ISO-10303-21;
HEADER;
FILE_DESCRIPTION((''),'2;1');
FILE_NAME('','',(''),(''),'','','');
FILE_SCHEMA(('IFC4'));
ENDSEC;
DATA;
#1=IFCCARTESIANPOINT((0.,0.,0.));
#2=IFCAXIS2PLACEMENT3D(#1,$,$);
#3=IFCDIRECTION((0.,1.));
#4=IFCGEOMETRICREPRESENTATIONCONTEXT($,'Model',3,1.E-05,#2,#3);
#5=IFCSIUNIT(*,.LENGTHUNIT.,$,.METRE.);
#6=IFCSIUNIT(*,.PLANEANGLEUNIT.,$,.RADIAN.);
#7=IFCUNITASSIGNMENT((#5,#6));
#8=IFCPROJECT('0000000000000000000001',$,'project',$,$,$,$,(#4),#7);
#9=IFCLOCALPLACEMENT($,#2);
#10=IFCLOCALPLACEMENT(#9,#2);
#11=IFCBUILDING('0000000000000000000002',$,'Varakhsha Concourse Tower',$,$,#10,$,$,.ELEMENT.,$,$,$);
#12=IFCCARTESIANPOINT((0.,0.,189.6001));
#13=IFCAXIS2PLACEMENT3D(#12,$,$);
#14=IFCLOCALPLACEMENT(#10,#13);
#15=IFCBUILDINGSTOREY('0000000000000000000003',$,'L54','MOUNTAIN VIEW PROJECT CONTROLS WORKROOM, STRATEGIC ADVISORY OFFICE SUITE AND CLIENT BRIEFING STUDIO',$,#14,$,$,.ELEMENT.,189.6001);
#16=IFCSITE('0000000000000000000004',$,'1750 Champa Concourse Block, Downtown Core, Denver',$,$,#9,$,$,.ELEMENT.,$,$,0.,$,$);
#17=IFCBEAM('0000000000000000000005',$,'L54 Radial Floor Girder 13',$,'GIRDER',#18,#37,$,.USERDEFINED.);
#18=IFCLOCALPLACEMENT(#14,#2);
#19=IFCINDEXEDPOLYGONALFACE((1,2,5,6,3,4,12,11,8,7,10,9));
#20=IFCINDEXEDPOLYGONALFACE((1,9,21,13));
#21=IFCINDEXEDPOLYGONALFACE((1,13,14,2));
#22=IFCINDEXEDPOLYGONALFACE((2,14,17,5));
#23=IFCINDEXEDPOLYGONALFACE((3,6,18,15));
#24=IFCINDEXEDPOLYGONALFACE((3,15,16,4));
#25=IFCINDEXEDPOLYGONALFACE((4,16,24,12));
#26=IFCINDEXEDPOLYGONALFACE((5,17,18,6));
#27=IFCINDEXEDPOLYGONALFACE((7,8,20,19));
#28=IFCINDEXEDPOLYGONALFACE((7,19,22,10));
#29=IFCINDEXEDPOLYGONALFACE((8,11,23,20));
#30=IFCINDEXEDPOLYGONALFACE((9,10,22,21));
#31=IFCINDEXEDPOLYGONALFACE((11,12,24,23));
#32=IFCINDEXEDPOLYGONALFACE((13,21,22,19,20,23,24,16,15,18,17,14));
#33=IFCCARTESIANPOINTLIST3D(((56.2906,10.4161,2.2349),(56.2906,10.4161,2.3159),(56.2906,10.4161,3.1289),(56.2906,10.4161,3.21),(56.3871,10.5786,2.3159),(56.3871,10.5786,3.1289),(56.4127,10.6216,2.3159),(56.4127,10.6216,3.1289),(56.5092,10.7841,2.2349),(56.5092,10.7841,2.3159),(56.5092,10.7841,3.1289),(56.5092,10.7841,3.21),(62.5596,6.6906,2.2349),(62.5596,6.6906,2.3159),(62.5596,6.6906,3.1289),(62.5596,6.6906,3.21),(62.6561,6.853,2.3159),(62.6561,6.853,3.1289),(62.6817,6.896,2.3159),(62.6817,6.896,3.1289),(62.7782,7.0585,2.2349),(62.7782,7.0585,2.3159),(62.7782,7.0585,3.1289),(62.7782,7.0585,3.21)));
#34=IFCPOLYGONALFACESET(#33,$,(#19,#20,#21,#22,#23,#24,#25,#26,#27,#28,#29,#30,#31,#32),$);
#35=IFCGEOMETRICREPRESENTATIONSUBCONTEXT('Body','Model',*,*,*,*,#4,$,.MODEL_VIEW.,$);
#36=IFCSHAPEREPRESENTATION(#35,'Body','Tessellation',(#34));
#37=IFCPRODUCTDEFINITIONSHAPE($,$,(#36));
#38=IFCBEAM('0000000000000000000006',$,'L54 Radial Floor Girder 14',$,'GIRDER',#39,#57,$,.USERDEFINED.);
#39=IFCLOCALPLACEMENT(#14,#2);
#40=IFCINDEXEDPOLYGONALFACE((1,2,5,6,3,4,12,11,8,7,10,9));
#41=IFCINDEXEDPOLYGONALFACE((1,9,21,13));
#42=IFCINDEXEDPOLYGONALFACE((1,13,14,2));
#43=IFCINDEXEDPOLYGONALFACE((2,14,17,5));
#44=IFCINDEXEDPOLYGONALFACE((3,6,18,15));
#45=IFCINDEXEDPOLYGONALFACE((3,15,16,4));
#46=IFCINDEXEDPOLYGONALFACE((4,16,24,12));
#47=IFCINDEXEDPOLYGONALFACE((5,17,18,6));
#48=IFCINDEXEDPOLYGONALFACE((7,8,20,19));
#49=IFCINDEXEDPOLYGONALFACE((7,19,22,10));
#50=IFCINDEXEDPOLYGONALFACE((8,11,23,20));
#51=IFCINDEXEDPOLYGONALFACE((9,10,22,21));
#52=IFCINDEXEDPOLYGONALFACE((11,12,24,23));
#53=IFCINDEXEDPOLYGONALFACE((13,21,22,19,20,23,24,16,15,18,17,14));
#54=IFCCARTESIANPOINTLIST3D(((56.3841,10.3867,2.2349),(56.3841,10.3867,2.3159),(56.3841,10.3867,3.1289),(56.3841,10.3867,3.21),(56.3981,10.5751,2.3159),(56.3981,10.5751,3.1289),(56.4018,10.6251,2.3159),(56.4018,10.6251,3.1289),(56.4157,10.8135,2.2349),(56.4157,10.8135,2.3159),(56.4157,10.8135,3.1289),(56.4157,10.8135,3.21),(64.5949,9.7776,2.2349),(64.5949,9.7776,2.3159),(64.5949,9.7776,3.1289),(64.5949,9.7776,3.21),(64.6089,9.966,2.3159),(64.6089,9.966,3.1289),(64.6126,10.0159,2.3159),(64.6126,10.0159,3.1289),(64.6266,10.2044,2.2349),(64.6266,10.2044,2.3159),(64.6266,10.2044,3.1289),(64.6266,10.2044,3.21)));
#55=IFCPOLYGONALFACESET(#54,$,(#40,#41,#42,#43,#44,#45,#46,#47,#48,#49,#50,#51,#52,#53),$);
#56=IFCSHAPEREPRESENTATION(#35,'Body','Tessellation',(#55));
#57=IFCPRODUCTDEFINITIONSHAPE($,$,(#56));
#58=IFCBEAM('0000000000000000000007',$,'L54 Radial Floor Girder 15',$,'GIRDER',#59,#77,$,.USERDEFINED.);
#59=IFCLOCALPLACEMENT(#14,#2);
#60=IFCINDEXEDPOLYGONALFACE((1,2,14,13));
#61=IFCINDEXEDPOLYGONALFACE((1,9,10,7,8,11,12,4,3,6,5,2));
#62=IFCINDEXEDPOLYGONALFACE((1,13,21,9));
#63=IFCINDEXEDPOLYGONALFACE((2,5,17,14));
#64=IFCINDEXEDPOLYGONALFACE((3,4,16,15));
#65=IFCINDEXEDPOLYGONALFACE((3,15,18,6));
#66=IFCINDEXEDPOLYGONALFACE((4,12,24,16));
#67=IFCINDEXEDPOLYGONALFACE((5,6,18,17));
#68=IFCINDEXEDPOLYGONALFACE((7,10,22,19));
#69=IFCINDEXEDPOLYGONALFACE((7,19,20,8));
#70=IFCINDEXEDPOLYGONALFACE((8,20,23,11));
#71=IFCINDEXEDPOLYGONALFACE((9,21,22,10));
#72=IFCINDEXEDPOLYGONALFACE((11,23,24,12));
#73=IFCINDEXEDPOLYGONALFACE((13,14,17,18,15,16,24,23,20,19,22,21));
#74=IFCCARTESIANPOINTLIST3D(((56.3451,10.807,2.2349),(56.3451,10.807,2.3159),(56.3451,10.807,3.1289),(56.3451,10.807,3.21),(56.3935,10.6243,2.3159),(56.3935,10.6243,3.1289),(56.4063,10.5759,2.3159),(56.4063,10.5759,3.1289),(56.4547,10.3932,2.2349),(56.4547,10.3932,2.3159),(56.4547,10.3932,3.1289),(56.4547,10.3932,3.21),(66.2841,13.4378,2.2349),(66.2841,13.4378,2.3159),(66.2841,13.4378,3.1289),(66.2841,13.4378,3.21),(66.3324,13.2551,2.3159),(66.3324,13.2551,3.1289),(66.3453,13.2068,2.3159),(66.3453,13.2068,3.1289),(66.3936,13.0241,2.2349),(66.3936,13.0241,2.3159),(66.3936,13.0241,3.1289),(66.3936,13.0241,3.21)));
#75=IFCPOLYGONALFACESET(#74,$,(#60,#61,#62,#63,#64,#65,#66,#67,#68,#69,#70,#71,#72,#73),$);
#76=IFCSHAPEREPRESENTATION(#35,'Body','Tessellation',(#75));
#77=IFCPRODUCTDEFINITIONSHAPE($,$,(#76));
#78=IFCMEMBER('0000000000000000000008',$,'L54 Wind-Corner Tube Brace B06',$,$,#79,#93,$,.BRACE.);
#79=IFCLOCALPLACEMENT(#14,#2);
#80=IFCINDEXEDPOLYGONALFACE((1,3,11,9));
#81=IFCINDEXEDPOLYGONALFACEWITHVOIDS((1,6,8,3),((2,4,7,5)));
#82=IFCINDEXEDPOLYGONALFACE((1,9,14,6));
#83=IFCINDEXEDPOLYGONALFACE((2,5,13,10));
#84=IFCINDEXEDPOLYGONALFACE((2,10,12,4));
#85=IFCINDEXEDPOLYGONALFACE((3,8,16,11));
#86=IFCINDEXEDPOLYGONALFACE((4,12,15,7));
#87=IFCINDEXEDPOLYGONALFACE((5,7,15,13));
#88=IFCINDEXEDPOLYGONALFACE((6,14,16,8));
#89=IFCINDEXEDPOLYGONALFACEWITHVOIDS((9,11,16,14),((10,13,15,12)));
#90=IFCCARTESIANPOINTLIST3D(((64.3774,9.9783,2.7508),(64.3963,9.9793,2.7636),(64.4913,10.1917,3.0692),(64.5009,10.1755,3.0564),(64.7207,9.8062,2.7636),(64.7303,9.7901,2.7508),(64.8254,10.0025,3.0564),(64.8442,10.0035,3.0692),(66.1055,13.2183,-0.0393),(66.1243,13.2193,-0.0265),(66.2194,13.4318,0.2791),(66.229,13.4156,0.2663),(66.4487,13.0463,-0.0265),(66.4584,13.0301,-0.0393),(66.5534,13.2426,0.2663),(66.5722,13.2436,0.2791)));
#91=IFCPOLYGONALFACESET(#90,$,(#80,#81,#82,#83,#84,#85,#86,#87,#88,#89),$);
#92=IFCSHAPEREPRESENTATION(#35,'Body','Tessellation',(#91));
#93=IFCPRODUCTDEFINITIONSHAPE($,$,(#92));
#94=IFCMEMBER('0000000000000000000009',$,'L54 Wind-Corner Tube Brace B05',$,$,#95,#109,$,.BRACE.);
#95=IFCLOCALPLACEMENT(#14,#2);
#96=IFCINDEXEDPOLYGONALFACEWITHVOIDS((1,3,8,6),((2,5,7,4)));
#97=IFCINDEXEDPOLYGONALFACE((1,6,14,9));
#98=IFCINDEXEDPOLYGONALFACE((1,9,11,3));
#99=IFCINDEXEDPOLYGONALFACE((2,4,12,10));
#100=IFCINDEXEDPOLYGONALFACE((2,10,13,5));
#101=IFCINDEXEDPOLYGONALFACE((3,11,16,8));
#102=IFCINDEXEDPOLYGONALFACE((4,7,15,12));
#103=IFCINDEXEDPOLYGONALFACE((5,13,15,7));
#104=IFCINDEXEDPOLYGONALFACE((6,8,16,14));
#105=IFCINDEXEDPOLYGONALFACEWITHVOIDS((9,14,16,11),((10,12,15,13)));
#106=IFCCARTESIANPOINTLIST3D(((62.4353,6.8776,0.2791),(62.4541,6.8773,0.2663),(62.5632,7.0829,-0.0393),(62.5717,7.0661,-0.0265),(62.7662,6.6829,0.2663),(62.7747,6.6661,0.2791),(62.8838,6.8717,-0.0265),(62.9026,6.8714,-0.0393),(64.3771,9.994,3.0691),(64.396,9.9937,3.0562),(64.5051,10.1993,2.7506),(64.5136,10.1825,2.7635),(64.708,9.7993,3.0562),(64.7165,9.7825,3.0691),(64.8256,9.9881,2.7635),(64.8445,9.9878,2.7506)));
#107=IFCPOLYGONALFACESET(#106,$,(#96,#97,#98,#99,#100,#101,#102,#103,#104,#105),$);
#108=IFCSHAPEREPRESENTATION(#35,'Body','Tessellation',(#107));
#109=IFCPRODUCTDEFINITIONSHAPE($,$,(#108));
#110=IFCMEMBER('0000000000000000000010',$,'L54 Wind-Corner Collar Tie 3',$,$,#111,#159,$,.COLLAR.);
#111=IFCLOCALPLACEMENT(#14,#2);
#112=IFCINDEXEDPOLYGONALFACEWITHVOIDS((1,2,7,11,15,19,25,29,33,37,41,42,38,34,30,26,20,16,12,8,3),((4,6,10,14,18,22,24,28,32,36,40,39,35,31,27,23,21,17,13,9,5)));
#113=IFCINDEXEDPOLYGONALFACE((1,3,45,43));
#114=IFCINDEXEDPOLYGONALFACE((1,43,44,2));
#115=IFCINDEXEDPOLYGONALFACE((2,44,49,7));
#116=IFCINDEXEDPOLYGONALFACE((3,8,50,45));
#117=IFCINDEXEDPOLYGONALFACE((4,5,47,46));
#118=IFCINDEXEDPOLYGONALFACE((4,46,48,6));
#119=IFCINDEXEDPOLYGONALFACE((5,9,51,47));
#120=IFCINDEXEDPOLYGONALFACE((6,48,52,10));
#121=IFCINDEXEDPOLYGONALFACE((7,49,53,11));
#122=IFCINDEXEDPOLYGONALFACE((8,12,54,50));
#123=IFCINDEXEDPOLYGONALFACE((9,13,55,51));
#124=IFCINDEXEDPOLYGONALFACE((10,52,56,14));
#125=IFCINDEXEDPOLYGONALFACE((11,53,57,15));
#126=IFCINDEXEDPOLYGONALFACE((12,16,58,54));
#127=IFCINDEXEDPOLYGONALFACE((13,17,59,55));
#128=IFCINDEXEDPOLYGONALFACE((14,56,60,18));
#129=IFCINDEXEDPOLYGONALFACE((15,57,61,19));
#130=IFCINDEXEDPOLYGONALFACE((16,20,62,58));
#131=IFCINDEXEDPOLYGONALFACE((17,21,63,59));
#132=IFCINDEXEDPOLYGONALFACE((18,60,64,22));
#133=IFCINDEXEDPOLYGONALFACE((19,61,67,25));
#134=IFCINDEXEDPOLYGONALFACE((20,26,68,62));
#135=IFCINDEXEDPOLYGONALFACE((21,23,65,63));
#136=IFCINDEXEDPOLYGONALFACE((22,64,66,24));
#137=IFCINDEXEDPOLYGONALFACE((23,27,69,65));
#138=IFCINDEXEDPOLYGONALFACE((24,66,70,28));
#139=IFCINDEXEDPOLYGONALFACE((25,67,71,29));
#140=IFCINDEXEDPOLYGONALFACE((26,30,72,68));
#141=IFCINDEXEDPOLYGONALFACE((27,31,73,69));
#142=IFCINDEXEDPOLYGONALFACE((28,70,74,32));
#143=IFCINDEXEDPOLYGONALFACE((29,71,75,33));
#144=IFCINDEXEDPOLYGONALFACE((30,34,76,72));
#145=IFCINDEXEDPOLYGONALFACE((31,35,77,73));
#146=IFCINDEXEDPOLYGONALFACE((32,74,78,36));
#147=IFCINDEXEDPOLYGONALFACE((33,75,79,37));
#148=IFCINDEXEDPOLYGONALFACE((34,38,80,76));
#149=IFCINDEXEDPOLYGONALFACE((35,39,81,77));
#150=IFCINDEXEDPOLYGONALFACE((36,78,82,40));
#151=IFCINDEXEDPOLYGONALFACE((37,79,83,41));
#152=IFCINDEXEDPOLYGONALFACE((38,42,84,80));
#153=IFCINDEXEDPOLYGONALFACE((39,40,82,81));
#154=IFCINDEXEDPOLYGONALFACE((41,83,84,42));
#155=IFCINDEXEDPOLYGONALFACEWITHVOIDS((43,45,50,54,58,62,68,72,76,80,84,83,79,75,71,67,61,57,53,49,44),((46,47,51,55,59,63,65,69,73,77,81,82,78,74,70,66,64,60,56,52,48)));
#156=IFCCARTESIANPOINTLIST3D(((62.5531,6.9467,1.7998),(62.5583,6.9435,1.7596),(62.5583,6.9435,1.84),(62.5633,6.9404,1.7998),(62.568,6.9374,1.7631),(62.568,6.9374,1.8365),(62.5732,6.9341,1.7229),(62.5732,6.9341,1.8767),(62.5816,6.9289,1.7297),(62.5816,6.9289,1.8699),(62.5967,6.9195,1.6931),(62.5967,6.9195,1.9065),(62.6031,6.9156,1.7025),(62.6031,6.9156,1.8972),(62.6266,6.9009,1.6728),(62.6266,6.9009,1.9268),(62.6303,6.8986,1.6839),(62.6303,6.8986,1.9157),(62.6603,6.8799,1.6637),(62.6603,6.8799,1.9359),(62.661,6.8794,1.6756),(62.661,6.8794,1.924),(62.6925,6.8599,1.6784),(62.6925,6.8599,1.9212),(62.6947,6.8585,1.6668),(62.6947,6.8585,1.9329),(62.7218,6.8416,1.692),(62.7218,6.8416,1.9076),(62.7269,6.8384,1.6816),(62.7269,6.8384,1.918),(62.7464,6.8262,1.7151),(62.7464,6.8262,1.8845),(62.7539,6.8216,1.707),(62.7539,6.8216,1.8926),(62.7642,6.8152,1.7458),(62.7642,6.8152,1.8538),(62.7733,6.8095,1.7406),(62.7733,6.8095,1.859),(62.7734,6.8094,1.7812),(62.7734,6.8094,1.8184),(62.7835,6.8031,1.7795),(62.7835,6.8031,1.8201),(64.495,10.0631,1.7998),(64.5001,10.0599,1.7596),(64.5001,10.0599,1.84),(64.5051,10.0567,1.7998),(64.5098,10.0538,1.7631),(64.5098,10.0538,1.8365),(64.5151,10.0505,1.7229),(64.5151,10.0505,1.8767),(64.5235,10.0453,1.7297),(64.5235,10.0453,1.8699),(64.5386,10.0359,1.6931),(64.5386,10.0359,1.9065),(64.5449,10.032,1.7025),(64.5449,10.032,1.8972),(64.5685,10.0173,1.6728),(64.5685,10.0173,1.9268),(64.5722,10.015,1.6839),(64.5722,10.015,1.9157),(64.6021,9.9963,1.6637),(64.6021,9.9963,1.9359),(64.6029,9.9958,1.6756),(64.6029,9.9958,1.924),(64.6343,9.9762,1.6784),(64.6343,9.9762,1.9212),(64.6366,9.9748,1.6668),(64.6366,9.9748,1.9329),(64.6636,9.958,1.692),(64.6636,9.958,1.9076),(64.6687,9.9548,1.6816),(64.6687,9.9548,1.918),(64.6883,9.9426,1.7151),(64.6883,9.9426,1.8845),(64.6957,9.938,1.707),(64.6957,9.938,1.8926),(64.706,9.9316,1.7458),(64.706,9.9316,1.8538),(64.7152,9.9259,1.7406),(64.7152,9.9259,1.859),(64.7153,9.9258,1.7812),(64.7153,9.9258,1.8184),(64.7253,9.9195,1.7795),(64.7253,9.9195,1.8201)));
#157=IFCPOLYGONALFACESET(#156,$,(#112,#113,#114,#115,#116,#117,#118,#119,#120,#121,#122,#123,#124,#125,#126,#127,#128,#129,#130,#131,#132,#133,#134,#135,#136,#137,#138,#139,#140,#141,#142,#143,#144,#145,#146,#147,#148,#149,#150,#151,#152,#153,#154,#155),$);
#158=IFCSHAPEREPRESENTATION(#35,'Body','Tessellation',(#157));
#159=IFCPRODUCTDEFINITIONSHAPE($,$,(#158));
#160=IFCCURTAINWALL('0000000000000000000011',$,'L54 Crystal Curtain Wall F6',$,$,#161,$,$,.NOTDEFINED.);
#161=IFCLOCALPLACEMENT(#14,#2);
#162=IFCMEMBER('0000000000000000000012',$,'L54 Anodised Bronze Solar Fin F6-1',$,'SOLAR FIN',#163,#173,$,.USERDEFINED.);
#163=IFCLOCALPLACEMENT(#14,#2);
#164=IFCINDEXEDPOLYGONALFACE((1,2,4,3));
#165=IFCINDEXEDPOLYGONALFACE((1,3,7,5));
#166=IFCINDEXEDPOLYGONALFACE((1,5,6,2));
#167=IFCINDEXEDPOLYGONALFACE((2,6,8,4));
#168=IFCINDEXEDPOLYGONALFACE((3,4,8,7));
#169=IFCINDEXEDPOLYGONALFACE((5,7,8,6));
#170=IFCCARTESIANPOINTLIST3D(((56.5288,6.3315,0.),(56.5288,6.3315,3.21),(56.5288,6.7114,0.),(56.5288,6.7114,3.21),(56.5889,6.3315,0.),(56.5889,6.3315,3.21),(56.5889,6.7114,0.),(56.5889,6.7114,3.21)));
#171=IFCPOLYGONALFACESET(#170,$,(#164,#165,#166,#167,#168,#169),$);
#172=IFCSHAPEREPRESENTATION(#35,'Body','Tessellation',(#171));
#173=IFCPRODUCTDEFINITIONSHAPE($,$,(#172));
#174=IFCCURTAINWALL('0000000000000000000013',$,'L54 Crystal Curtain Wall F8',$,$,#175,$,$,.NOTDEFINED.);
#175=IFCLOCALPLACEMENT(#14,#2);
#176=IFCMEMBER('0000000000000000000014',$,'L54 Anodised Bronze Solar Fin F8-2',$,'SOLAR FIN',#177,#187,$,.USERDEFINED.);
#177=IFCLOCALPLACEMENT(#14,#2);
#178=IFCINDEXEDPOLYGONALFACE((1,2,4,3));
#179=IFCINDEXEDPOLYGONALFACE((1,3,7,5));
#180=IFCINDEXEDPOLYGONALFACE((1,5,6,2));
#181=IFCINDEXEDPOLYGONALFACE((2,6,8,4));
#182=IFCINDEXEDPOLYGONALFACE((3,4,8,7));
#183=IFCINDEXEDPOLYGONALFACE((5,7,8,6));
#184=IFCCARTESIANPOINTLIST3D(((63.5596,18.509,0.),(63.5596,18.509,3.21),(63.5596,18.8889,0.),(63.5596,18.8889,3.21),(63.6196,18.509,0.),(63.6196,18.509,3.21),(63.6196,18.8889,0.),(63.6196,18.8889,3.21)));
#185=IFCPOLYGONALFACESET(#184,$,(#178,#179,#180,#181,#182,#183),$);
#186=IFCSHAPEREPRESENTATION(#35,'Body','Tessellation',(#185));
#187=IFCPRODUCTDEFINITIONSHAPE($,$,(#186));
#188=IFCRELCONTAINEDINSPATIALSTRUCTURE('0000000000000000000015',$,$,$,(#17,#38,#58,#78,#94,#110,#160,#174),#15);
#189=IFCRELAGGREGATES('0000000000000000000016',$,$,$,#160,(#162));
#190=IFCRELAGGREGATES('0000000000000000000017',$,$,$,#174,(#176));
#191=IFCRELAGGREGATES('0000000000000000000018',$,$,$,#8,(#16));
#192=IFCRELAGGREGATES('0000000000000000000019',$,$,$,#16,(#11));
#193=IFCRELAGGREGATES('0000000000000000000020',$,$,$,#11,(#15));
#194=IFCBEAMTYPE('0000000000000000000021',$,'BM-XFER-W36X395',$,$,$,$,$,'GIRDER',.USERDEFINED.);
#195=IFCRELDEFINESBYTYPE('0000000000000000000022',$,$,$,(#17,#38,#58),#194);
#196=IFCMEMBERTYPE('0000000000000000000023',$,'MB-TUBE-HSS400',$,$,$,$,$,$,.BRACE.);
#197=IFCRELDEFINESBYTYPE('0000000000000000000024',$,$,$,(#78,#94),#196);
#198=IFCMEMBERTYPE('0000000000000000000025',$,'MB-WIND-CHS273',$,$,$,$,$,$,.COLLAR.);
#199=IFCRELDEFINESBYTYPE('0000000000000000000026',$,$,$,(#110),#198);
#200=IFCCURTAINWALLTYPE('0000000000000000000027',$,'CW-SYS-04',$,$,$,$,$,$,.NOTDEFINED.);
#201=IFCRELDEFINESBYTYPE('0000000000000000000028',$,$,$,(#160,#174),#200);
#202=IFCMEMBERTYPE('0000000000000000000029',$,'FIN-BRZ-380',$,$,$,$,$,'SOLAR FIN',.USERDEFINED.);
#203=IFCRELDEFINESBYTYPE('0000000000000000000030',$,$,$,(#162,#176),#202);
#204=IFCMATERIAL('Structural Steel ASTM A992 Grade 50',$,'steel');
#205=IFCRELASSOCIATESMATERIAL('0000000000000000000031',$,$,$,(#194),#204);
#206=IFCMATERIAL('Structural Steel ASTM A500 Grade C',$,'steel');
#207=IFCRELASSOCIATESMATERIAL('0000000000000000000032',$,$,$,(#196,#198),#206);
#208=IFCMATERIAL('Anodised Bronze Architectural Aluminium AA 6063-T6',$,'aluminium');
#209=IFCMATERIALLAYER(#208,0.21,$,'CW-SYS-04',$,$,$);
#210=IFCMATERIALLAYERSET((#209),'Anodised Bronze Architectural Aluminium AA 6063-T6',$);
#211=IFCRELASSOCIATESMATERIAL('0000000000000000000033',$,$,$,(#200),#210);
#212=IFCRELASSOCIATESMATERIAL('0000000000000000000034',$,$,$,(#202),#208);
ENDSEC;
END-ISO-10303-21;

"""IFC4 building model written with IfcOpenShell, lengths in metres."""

from ifc_helpers import new_model, si_unit, direction, frame, origin, origin_2d, place, context, subcontext, project, spatial, rectangle, hollow_rectangle, hollow_circle, i_section, extrude, source, transform, mapped, material, layer, layer_set, material_profile, profile_set, type_object, type_shapes, element, aggregate, save


model = new_model("IFC4")

# Units and contexts
model_context = context("Model", 3, precision=1e-05, world=origin(), true_north=direction((0.0, 1.0)))
body_context = subcontext(model_context, "Body", "Model", "MODEL_VIEW")
ifc_project = project(units=[si_unit("LENGTHUNIT", "METRE"), si_unit("PLANEANGLEUNIT", "RADIAN")], contexts=[model_context])

# Site, building, storey
site_placement = place(None, origin())
site = spatial("IfcSite", under=ifc_project, at=site_placement, Name="1750 Champa Concourse Block, Downtown Core, Denver", CompositionType="ELEMENT", RefElevation=0.0)
building_placement = place(site_placement, origin())
building = spatial("IfcBuilding", under=site, at=building_placement, Name="Varakhsha Concourse Tower", CompositionType="ELEMENT")
storey_placement = place(building_placement, frame((0.0, 0.0, 189.6001)))
storey = spatial("IfcBuildingStorey", under=building, at=storey_placement, Name="L54", Description="MOUNTAIN VIEW PROJECT CONTROLS WORKROOM, STRATEGIC ADVISORY OFFICE SUITE AND CLIENT BRIEFING STUDIO", CompositionType="ELEMENT", Elevation=189.6001)

# Beams
ifc_material_1 = material(Name="Structural Steel ASTM A992 Grade 50", Category="steel")
ifc_material_profile_1 = material_profile(ifc_material_1, i_section(OverallWidth=0.428, OverallDepth=0.9751, WebThickness=0.05, FlangeThickness=0.0811, at=origin_2d()), Name="W36X395")
ifc_profile_set_1 = profile_set([ifc_material_profile_1], Name="Structural Steel ASTM A992 Grade 50")
beam_type_1 = type_object("IfcBeamType", Name="BM-XFER-W36X395", ElementType="GIRDER", PredefinedType="USERDEFINED", material=ifc_profile_set_1)
beam_1_placement = place(storey_placement, frame((56.3999, 10.6001, 2.7224), z_axis=(0.859654, -0.510878, 0.0), x_axis=(0.510878, 0.859654, 0.0)))
element("IfcBeam", 1, at=beam_1_placement, inside=storey, type_object=beam_type_1, Name="L54 Radial Floor Girder 13", ObjectType="GIRDER", PredefinedType="USERDEFINED", context=body_context, shape_type="SweptSolid", body=[
    extrude(i_section(OverallWidth=0.428, OverallDepth=0.9751, WebThickness=0.05, FlangeThickness=0.0811, at=origin_2d()), origin(), (0.0, 0.0, 1.0), 7.2925),
])
beam_2_placement = place(storey_placement, frame((56.3999, 10.6001, 2.7224), z_axis=(0.99726, -0.073982, 0.0), x_axis=(0.073982, 0.99726, 0.0)))
element("IfcBeam", 2, at=beam_2_placement, inside=storey, type_object=beam_type_1, Name="L54 Radial Floor Girder 14", ObjectType="GIRDER", PredefinedType="USERDEFINED", context=body_context, shape_type="SweptSolid", body=[
    extrude(i_section(OverallWidth=0.428, OverallDepth=0.9751, WebThickness=0.05, FlangeThickness=0.0811, at=origin_2d()), origin(), (0.0, 0.0, 1.0), 8.2334),
])
beam_3_placement = place(storey_placement, frame((56.3999, 10.6001, 2.7224), z_axis=(0.966706, 0.255889, 0.0), x_axis=(-0.255889, 0.966706, 0.0)))
element("IfcBeam", 3, at=beam_3_placement, inside=storey, type_object=beam_type_1, Name="L54 Radial Floor Girder 15", ObjectType="GIRDER", PredefinedType="USERDEFINED", context=body_context, shape_type="SweptSolid", body=[
    extrude(i_section(OverallWidth=0.428, OverallDepth=0.9751, WebThickness=0.05, FlangeThickness=0.0811, at=origin_2d()), origin(), (0.0, 0.0, 1.0), 10.2812),
])

# Members
ifc_material_2 = material(Name="Structural Steel ASTM A500 Grade C", Category="steel")
ifc_material_profile_2 = material_profile(ifc_material_2, hollow_rectangle(XDim=0.3999, YDim=0.3999, WallThickness=0.0161, at=origin_2d()), Name="HSS 400x400x16")
ifc_profile_set_2 = profile_set([ifc_material_profile_2], Name="Structural Steel ASTM A500 Grade C")
member_type_1 = type_object("IfcMemberType", Name="MB-TUBE-HSS400", PredefinedType="BRACE", material=ifc_profile_set_2)
shared_shape_1 = source(origin(), body_context, "Body", "SweptSolid", [
    extrude(hollow_rectangle(XDim=0.3999, YDim=0.3999, WallThickness=0.0161, at=origin_2d()), origin(), (0.0, 0.0, 1.0), 4.6118),
])
member_1_placement = place(storey_placement, frame((66.3389, 13.231, 0.1199), z_axis=(-0.374704, -0.702556, 0.604989), x_axis=(0.882349, -0.470595, 0.0)))
element("IfcMember", 4, at=member_1_placement, inside=storey, type_object=member_type_1, Name="L54 Wind-Corner Tube Brace B06", PredefinedType="BRACE", context=body_context, shape_type="MappedRepresentation", body=[
    mapped(shared_shape_1, transform((0.0, 0.0, 0.0), scale=1.0)),
])
shared_shape_2 = source(origin(), body_context, "Body", "SweptSolid", [
    extrude(hollow_rectangle(XDim=0.3999, YDim=0.3999, WallThickness=0.0161, at=origin_2d()), origin(), (0.0, 0.0, 1.0), 4.6116),
])
type_shapes(member_type_1, [shared_shape_1, shared_shape_2])
member_2_placement = place(storey_placement, frame((62.6689, 6.8745, 0.1199), z_axis=(0.421082, 0.675775, 0.604994), x_axis=(-0.848718, 0.528845, 0.0)))
element("IfcMember", 5, at=member_2_placement, inside=storey, type_object=member_type_1, Name="L54 Wind-Corner Tube Brace B05", PredefinedType="BRACE", context=body_context, shape_type="MappedRepresentation", body=[
    mapped(shared_shape_2, transform((0.0, 0.0, 0.0), scale=1.0)),
])
ifc_material_profile_3 = material_profile(ifc_material_2, hollow_circle(Radius=0.1365, WallThickness=0.012, at=origin_2d()), Name="CHS 273x12")
ifc_profile_set_3 = profile_set([ifc_material_profile_3], Name="Structural Steel ASTM A500 Grade C")
member_type_2 = type_object("IfcMemberType", Name="MB-WIND-CHS273", PredefinedType="COLLAR", material=ifc_profile_set_3)
shared_shape_3 = source(origin(), body_context, "Body", "SweptSolid", [
    extrude(hollow_circle(Radius=0.1365, WallThickness=0.012, at=origin_2d()), origin(), (0.0, 0.0, 1.0), 3.6719),
])
type_shapes(member_type_2, [shared_shape_3])
member_3_placement = place(storey_placement, frame((62.6689, 6.8745, 1.7998), z_axis=(0.528845, 0.848718, 0.0), x_axis=(-0.848718, 0.528845, 0.0)))
element("IfcMember", 6, at=member_3_placement, inside=storey, type_object=member_type_2, Name="L54 Wind-Corner Collar Tie 3", PredefinedType="COLLAR", context=body_context, shape_type="MappedRepresentation", body=[
    mapped(shared_shape_3, transform((0.0, 0.0, 0.0), scale=1.0)),
])

# Curtain walls, members
ifc_material_3 = material(Name="Anodised Bronze Architectural Aluminium AA 6063-T6", Category="aluminium")
ifc_layer_1 = layer(ifc_material_3, 0.21, Name="CW-SYS-04")
ifc_layer_set_1 = layer_set([ifc_layer_1], Name="Anodised Bronze Architectural Aluminium AA 6063-T6")
curtain_wall_type = type_object("IfcCurtainWallType", Name="CW-SYS-04", PredefinedType="NOTDEFINED", material=ifc_layer_set_1)
curtain_wall_1_placement = place(storey_placement, origin())
curtain_wall_1 = element("IfcCurtainWall", 7, at=curtain_wall_1_placement, inside=storey, type_object=curtain_wall_type, Name="L54 Crystal Curtain Wall F6", PredefinedType="NOTDEFINED")
ifc_material_profile_4 = material_profile(ifc_material_3, rectangle(XDim=0.0601, YDim=0.3799, at=origin_2d()), Name="FIN-BRZ-380")
ifc_profile_set_4 = profile_set([ifc_material_profile_4], Name="Anodised Bronze Architectural Aluminium AA 6063-T6")
member_type_3 = type_object("IfcMemberType", Name="FIN-BRZ-380", ElementType="SOLAR FIN", PredefinedType="USERDEFINED", material=ifc_profile_set_4)
shared_shape_4 = source(origin(), body_context, "Body", "SweptSolid", [
    extrude(rectangle(XDim=0.0601, YDim=0.3799, at=origin_2d()), origin(), (0.0, 0.0, 1.0), 3.21),
])
type_shapes(member_type_3, [shared_shape_4])
member_4_placement = place(storey_placement, frame((56.5588, 6.5215, 0.0), z_axis=(0.0, 0.0, 1.0), x_axis=(1.0, 0.0, 0.0)))
member_4 = element("IfcMember", 8, at=member_4_placement, type_object=member_type_3, Name="L54 Anodised Bronze Solar Fin F6-1", ObjectType="SOLAR FIN", PredefinedType="USERDEFINED", context=body_context, shape_type="MappedRepresentation", body=[
    mapped(shared_shape_4, transform((0.0, 0.0, 0.0), scale=1.0)),
])
curtain_wall_2_placement = place(storey_placement, origin())
curtain_wall_2 = element("IfcCurtainWall", 9, at=curtain_wall_2_placement, inside=storey, type_object=curtain_wall_type, Name="L54 Crystal Curtain Wall F8", PredefinedType="NOTDEFINED")
member_5_placement = place(storey_placement, frame((63.5896, 18.699, 0.0), z_axis=(0.0, 0.0, 1.0), x_axis=(1.0, 0.0, 0.0)))
member_5 = element("IfcMember", 10, at=member_5_placement, type_object=member_type_3, Name="L54 Anodised Bronze Solar Fin F8-2", ObjectType="SOLAR FIN", PredefinedType="USERDEFINED", context=body_context, shape_type="MappedRepresentation", body=[
    mapped(shared_shape_4, transform((0.0, 0.0, 0.0), scale=1.0)),
])

aggregate(curtain_wall_1, [member_4])
aggregate(curtain_wall_2, [member_5])

save(model, "model.ifc")
